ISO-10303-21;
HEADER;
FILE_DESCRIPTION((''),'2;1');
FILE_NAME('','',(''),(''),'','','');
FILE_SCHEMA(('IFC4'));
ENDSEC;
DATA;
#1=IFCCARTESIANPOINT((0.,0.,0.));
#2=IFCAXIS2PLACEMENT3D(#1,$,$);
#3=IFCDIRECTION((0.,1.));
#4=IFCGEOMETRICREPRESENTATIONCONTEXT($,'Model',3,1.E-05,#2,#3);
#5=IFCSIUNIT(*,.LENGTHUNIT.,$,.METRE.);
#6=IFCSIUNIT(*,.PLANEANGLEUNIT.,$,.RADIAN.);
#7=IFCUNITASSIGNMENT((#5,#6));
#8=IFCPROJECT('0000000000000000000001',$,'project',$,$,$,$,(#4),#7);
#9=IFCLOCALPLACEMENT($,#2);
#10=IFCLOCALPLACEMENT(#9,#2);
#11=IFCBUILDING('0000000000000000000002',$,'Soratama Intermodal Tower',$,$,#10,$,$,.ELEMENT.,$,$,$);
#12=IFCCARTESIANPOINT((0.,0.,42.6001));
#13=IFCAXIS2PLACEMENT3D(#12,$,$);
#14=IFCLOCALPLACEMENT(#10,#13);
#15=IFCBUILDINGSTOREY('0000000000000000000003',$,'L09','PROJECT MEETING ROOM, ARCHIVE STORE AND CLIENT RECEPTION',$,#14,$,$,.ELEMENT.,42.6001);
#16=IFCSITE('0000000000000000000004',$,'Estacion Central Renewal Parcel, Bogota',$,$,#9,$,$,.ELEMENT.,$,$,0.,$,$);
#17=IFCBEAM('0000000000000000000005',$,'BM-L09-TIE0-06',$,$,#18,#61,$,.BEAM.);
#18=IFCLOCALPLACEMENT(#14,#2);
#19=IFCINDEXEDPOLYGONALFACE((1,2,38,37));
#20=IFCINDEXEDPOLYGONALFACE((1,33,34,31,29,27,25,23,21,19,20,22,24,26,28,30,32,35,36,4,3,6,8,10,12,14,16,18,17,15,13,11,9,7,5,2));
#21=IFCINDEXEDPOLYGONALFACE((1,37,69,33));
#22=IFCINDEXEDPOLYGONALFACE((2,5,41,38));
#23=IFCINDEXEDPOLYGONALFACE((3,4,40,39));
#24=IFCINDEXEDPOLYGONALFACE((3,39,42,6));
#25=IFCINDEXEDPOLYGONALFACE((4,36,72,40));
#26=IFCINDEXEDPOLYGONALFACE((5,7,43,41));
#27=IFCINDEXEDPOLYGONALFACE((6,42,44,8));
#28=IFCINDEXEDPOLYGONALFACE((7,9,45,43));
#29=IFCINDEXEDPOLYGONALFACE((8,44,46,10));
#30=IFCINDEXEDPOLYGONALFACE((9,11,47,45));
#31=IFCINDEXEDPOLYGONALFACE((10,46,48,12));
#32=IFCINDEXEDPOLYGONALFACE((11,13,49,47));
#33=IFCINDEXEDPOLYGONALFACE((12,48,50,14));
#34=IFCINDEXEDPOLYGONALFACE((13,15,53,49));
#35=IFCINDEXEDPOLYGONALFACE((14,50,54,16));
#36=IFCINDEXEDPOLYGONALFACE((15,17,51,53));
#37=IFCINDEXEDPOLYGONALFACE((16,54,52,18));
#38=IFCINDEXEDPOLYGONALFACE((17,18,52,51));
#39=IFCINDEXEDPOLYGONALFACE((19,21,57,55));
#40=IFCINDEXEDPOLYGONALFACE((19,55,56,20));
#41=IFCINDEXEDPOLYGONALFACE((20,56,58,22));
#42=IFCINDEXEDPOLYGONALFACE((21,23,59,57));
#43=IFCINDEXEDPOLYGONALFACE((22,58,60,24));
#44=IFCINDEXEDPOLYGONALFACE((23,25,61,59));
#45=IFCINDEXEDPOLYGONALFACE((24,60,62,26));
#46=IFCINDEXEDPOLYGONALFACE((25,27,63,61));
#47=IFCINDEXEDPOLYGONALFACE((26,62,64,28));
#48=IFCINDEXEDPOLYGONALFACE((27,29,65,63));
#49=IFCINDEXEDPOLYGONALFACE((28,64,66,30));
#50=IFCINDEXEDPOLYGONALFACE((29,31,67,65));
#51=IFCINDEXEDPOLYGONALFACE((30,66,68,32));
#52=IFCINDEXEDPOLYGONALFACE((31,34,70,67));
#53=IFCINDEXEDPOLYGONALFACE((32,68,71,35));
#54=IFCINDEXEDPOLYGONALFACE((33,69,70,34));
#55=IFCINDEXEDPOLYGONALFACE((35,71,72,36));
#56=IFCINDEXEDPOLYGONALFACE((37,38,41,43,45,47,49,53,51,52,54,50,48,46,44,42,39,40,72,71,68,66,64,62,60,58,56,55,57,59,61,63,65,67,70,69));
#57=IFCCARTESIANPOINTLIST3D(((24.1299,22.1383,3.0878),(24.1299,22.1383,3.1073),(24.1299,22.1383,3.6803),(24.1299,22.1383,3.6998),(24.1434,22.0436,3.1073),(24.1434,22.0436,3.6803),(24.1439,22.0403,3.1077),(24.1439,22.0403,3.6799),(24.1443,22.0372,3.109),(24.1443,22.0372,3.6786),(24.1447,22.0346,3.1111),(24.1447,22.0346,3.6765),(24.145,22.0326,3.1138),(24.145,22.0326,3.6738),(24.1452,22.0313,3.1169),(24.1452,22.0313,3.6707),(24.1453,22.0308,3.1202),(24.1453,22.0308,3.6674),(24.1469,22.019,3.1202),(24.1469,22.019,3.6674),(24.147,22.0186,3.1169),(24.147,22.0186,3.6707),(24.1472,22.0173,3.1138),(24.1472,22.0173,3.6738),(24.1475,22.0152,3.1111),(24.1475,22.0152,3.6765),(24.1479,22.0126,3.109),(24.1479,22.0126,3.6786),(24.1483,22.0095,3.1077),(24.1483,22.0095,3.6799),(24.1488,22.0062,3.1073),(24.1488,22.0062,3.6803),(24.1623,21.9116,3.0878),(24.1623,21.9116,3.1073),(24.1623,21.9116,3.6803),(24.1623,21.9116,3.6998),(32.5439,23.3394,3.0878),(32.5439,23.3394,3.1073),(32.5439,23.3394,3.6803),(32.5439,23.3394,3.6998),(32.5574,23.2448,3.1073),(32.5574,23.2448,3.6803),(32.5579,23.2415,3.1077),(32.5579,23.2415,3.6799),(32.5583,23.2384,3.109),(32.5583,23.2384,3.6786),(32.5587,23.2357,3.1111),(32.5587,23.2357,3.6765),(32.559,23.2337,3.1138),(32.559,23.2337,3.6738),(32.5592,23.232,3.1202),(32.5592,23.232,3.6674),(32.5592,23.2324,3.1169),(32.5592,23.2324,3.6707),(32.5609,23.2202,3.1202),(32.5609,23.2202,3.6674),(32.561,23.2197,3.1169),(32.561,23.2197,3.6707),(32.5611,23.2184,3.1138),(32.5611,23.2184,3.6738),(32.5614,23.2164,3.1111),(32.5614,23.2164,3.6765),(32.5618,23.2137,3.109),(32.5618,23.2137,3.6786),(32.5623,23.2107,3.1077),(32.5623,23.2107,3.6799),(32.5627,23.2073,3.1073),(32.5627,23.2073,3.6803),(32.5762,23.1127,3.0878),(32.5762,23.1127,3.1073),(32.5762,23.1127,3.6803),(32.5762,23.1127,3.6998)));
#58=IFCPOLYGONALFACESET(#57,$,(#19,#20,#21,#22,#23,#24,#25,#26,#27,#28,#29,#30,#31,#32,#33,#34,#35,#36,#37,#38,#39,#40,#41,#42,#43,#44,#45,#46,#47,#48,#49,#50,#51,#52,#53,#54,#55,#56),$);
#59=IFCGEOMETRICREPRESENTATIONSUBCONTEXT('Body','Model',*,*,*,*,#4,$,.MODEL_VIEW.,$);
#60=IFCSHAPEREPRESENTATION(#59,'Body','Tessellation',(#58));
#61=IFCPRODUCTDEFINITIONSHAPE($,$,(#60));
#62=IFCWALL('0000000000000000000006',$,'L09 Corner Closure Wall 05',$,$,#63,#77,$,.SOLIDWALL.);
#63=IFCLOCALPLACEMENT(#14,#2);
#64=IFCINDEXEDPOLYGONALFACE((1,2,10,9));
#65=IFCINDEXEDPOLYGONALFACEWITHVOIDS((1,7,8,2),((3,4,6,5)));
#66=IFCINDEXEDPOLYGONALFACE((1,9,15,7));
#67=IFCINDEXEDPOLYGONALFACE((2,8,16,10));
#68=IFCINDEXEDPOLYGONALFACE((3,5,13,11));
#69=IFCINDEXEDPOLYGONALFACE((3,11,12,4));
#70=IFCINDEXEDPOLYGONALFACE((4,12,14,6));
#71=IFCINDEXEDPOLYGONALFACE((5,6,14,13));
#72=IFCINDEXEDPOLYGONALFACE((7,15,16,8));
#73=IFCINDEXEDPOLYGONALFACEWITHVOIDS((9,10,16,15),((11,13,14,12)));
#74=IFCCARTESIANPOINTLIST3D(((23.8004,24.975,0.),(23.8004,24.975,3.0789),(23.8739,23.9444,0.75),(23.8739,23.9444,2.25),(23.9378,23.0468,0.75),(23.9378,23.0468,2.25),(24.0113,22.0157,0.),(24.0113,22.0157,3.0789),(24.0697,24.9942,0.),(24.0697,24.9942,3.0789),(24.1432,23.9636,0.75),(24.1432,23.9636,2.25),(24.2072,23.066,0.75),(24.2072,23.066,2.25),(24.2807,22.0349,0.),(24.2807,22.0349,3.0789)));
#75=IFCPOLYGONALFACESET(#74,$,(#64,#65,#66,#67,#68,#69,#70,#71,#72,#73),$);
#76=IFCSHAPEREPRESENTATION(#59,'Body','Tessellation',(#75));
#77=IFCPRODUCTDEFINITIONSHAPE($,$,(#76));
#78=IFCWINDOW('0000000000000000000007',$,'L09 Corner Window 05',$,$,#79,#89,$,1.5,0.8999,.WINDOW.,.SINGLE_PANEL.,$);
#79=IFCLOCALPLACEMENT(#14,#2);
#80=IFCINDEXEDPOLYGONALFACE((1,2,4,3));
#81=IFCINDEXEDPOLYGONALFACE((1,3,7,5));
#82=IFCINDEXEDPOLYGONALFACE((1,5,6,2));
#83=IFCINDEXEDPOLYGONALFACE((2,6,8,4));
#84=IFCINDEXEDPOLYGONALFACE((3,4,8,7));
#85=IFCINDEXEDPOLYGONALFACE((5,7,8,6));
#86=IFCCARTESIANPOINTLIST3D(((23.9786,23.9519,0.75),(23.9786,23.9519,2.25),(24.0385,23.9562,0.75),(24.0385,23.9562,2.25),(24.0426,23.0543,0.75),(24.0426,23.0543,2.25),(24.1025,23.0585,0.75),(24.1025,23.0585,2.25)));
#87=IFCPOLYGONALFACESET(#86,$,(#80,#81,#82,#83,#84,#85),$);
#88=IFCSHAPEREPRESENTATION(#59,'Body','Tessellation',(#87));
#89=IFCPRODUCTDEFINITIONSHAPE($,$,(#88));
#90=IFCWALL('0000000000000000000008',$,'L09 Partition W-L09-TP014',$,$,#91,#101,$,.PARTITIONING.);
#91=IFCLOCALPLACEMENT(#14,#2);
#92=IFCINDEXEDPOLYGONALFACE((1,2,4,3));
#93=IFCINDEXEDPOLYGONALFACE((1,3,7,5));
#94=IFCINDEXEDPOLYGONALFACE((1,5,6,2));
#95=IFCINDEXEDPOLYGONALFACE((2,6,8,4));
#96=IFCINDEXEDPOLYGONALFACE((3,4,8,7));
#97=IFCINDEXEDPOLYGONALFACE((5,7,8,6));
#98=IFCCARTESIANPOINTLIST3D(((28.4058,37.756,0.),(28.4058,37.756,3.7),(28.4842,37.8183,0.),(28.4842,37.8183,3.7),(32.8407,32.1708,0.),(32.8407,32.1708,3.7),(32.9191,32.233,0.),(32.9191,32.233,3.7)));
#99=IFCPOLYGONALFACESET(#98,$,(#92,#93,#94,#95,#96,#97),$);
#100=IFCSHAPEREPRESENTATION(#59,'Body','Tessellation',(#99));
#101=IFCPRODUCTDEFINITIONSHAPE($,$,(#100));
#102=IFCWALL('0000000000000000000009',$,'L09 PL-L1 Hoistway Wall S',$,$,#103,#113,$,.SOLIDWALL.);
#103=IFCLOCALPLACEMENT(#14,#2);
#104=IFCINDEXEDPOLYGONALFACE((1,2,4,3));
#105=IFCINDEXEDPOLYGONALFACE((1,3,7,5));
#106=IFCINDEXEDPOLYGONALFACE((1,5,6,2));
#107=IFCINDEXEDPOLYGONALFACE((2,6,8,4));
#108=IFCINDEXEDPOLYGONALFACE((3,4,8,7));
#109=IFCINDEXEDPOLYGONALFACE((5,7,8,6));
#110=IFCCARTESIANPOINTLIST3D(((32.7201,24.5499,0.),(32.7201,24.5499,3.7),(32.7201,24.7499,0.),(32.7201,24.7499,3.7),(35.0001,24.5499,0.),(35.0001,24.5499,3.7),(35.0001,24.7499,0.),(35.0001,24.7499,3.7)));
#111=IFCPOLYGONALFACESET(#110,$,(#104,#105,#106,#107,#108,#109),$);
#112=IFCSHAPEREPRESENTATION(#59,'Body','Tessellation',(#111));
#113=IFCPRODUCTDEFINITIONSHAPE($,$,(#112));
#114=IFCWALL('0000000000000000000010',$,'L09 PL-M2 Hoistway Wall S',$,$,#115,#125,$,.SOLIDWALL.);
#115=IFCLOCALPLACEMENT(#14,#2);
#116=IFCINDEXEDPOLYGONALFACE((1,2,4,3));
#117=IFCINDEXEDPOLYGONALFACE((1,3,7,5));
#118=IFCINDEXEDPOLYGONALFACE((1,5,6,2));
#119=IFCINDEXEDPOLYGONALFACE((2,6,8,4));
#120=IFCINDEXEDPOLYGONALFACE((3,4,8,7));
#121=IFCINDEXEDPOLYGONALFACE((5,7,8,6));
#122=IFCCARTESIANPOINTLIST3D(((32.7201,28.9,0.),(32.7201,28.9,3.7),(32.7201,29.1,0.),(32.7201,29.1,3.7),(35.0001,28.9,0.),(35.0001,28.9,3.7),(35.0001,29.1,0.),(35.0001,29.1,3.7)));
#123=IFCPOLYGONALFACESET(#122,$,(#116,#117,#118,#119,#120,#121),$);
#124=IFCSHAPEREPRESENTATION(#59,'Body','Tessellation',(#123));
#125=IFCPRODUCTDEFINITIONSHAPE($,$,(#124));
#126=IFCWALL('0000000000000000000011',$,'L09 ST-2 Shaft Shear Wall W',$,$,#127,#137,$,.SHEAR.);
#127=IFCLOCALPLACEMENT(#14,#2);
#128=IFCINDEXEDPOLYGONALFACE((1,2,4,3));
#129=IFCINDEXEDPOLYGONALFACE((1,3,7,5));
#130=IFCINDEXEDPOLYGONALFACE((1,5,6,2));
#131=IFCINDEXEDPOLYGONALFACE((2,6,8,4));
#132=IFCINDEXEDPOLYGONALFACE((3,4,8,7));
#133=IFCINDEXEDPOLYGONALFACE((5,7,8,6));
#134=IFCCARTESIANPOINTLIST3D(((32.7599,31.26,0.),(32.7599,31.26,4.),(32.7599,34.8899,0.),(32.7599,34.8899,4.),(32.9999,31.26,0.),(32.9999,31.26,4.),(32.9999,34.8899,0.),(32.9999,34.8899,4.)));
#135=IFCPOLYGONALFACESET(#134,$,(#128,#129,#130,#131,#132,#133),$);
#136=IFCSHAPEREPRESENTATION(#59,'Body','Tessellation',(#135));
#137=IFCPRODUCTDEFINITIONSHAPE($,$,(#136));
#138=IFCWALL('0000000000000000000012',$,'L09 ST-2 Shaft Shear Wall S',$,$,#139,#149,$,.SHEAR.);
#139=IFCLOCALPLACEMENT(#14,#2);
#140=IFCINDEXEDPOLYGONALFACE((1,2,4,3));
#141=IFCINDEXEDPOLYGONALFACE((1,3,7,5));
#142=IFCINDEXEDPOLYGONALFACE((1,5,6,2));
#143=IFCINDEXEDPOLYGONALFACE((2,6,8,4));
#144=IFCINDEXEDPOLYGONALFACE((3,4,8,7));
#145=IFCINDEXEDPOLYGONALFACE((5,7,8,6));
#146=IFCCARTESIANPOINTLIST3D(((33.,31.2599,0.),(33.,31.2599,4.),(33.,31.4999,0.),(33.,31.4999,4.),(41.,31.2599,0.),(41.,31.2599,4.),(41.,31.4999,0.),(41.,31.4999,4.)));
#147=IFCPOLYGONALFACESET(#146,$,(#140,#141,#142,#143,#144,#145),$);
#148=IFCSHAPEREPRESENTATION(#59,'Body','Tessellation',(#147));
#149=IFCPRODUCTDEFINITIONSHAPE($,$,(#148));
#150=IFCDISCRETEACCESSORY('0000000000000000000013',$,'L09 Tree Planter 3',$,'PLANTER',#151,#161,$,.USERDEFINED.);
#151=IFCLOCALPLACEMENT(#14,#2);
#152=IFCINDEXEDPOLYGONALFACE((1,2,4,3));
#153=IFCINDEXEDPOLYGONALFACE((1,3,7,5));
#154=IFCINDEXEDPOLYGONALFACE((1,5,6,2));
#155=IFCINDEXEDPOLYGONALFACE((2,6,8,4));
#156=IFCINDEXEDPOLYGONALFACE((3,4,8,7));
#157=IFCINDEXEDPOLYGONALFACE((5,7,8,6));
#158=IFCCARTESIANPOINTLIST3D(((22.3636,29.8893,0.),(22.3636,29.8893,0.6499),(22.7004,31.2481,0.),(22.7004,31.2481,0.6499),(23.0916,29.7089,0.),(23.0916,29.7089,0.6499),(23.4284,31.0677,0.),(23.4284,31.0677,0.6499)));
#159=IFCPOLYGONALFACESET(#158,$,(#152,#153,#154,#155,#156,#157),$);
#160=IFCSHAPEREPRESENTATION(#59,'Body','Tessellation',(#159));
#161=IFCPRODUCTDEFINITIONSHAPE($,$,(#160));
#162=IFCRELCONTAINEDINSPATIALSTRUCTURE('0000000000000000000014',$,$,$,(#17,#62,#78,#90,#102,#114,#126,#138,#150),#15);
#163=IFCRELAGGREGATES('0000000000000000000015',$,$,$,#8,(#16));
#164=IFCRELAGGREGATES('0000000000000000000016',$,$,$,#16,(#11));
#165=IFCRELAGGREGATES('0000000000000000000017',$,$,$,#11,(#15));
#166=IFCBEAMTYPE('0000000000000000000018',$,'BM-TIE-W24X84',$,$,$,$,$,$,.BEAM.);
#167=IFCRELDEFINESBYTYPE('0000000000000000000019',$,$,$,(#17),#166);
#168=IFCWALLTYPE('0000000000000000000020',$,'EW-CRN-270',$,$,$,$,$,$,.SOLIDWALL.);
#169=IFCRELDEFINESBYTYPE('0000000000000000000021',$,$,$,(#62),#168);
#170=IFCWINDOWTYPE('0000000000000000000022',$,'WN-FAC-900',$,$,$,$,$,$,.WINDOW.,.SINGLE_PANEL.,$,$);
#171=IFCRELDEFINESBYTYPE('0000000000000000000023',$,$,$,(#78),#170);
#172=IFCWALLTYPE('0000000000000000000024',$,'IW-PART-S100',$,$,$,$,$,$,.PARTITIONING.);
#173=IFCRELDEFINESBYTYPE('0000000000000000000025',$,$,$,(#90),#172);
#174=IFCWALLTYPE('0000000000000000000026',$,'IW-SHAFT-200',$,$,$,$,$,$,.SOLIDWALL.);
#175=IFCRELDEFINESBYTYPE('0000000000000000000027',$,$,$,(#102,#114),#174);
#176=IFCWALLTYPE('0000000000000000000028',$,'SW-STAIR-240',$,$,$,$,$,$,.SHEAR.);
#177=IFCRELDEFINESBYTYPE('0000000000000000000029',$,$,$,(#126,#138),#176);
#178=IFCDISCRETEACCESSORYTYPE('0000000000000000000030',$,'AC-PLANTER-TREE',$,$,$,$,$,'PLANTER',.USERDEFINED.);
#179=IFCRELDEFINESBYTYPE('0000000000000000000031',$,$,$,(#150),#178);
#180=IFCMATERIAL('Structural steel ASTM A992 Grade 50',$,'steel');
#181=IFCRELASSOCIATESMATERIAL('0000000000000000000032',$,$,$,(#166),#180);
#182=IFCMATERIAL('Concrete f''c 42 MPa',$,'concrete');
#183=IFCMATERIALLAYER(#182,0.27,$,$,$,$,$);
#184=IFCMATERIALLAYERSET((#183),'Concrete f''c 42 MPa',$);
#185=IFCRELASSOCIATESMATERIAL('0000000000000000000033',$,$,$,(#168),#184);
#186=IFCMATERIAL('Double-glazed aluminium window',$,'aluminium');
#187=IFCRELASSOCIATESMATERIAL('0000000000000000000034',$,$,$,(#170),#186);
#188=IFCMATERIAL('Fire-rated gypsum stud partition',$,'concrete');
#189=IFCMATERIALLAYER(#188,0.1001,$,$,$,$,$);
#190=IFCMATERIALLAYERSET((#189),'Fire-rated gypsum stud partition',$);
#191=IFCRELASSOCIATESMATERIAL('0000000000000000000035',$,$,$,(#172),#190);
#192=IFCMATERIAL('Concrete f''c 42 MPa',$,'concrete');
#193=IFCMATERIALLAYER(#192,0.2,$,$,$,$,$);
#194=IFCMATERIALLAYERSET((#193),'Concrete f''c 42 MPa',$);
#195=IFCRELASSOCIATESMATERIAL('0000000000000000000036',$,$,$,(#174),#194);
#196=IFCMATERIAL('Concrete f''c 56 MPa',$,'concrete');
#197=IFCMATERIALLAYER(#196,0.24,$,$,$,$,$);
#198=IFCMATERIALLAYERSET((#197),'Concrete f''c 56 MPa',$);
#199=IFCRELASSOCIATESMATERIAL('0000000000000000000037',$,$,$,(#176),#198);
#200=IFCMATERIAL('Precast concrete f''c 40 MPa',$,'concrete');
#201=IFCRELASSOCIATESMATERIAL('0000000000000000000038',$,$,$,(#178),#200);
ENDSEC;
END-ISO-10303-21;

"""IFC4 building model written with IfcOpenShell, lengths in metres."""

from ifc_helpers import new_model, si_unit, direction, frame, frame_2d, origin, origin_2d, place, context, subcontext, project, spatial, rectangle, i_section, extrude, material, layer, layer_set, material_profile, profile_set, type_object, element, fill, save


model = new_model("IFC4")

# Units and contexts
model_context = context("Model", 3, precision=1e-05, world=origin(), true_north=direction((0.0, 1.0)))
body_context = subcontext(model_context, "Body", "Model", "MODEL_VIEW")
ifc_project = project(units=[si_unit("LENGTHUNIT", "METRE"), si_unit("PLANEANGLEUNIT", "RADIAN")], contexts=[model_context])

# Site, building, storey
site_placement = place(None, origin())
site = spatial("IfcSite", under=ifc_project, at=site_placement, Name="Estacion Central Renewal Parcel, Bogota", CompositionType="ELEMENT", RefElevation=0.0)
building_placement = place(site_placement, origin())
building = spatial("IfcBuilding", under=site, at=building_placement, Name="Soratama Intermodal Tower", CompositionType="ELEMENT")
storey_placement = place(building_placement, frame((0.0, 0.0, 42.6001)))
storey = spatial("IfcBuildingStorey", under=building, at=storey_placement, Name="L09", Description="PROJECT MEETING ROOM, ARCHIVE STORE AND CLIENT RECEPTION", CompositionType="ELEMENT", Elevation=42.6001)

# Beam
ifc_material_1 = material(Name="Structural steel ASTM A992 Grade 50", Category="steel")
ifc_material_profile_1 = material_profile(ifc_material_1, i_section(OverallWidth=0.229, OverallDepth=0.6121, WebThickness=0.012, FlangeThickness=0.0195, FilletRadius=0.0129, at=origin_2d()), Name="W24X84")
ifc_profile_set_1 = profile_set([ifc_material_profile_1], Name="Structural steel ASTM A992 Grade 50")
beam_type_1 = type_object("IfcBeamType", Name="BM-TIE-W24X84", PredefinedType="BEAM", material=ifc_profile_set_1)
beam_1_placement = place(storey_placement, frame((32.5601, 23.2261, 3.3938), z_axis=(-0.989963, -0.141325, 0.0), x_axis=(0.141325, -0.989963, 0.0)))
element("IfcBeam", 1, at=beam_1_placement, inside=storey, type_object=beam_type_1, Name="BM-L09-TIE0-06", PredefinedType="BEAM", context=body_context, shape_type="SweptSolid", body=[
    extrude(i_section(OverallWidth=0.229, OverallDepth=0.6121, WebThickness=0.012, FlangeThickness=0.0195, FilletRadius=0.0129, at=origin_2d()), origin(), (0.0, 0.0, 1.0), 8.4993),
])

# Wall, opening, window
ifc_material_2 = material(Name="Concrete f'c 42 MPa", Category="concrete")
ifc_layer_1 = layer(ifc_material_2, 0.27)
ifc_layer_set_1 = layer_set([ifc_layer_1], Name="Concrete f'c 42 MPa")
wall_type_1 = type_object("IfcWallType", Name="EW-CRN-270", PredefinedType="SOLIDWALL", material=ifc_layer_set_1)
wall_1_placement = place(storey_placement, frame((23.9351, 24.9846, 0.0), z_axis=(0.0, 0.0, 1.0), x_axis=(0.071101, -0.997469, 0.0)))
wall_1 = element("IfcWall", 2, at=wall_1_placement, inside=storey, type_object=wall_type_1, Name="L09 Corner Closure Wall 05", PredefinedType="SOLIDWALL", context=body_context, shape_type="SweptSolid", body=[
    extrude(rectangle(XDim=2.9668, YDim=0.27, at=frame_2d((1.4834, 0.0))), origin(), (0.0, 0.0, 1.0), 3.0789),
])
opening_1_placement = place(wall_1_placement, frame((1.0332, 0.0, 0.75)))
opening_1 = element("IfcOpeningElement", 3, at=opening_1_placement, cuts=wall_1, PredefinedType="OPENING", context=body_context, shape_type="SweptSolid", body=[
    extrude(rectangle(XDim=0.8999, YDim=1.5, at=frame_2d((0.45, 0.75))), frame((0.0, 0.145, 0.0), z_axis=(0.0, -1.0, 0.0), x_axis=(1.0, 0.0, 0.0)), (0.0, 0.0, 1.0), 0.29),
])
ifc_material_3 = material(Name="Double-glazed aluminium window", Category="aluminium")
window_type = type_object("IfcWindowType", Name="WN-FAC-900", PartitioningType="SINGLE_PANEL", PredefinedType="WINDOW", material=ifc_material_3)
window_placement = place(opening_1_placement, origin())
window = element("IfcWindow", 4, at=window_placement, inside=storey, type_object=window_type, Name="L09 Corner Window 05", OverallHeight=1.5, OverallWidth=0.8999, PartitioningType="SINGLE_PANEL", PredefinedType="WINDOW", context=body_context, shape_type="SweptSolid", body=[
    extrude(rectangle(XDim=0.8999, YDim=1.5, at=frame_2d((0.45, 0.75))), frame((0.0, 0.03, 0.0), z_axis=(0.0, -1.0, 0.0), x_axis=(1.0, 0.0, 0.0)), (0.0, 0.0, 1.0), 0.0601),
])
fill(opening_1, window)

# Walls
ifc_material_4 = material(Name="Fire-rated gypsum stud partition", Category="concrete")
ifc_layer_2 = layer(ifc_material_4, 0.1001)
ifc_layer_set_2 = layer_set([ifc_layer_2], Name="Fire-rated gypsum stud partition")
wall_type_2 = type_object("IfcWallType", Name="IW-PART-S100", PredefinedType="PARTITIONING", material=ifc_layer_set_2)
wall_2_placement = place(storey_placement, frame((32.8799, 32.2019, 0.0), z_axis=(0.0, 0.0, 1.0), x_axis=(-0.62184, 0.783145, 0.0)))
element("IfcWall", 5, at=wall_2_placement, inside=storey, type_object=wall_type_2, Name="L09 Partition W-L09-TP014", PredefinedType="PARTITIONING", context=body_context, shape_type="SweptSolid", body=[
    extrude(rectangle(XDim=7.1318, YDim=0.1001, at=frame_2d((3.5659, 0.0))), origin(), (0.0, 0.0, 1.0), 3.7),
])
ifc_material_5 = material(Name="Concrete f'c 42 MPa", Category="concrete")
ifc_layer_3 = layer(ifc_material_5, 0.2)
ifc_layer_set_3 = layer_set([ifc_layer_3], Name="Concrete f'c 42 MPa")
wall_type_3 = type_object("IfcWallType", Name="IW-SHAFT-200", PredefinedType="SOLIDWALL", material=ifc_layer_set_3)
wall_3_placement = place(storey_placement, frame((32.72, 24.6499, 0.0), z_axis=(0.0, 0.0, 1.0), x_axis=(1.0, 0.0, 0.0)))
element("IfcWall", 6, at=wall_3_placement, inside=storey, type_object=wall_type_3, Name="L09 PL-L1 Hoistway Wall S", PredefinedType="SOLIDWALL", context=body_context, shape_type="SweptSolid", body=[
    extrude(rectangle(XDim=2.28, YDim=0.2, at=frame_2d((1.1401, 0.0))), origin(), (0.0, 0.0, 1.0), 3.7),
])

# Walls
wall_4_placement = place(storey_placement, frame((32.72, 29.0, 0.0), z_axis=(0.0, 0.0, 1.0), x_axis=(1.0, 0.0, 0.0)))
element("IfcWall", 7, at=wall_4_placement, inside=storey, type_object=wall_type_3, Name="L09 PL-M2 Hoistway Wall S", PredefinedType="SOLIDWALL", context=body_context, shape_type="SweptSolid", body=[
    extrude(rectangle(XDim=2.28, YDim=0.2, at=frame_2d((1.1401, 0.0))), origin(), (0.0, 0.0, 1.0), 3.7),
])
ifc_material_6 = material(Name="Concrete f'c 56 MPa", Category="concrete")
ifc_layer_4 = layer(ifc_material_6, 0.24)
ifc_layer_set_4 = layer_set([ifc_layer_4], Name="Concrete f'c 56 MPa")
wall_type_4 = type_object("IfcWallType", Name="SW-STAIR-240", PredefinedType="SHEAR", material=ifc_layer_set_4)
wall_5_placement = place(storey_placement, frame((32.8799, 31.26, 0.0), z_axis=(0.0, 0.0, 1.0), x_axis=(0.0, 1.0, 0.0)))
element("IfcWall", 8, at=wall_5_placement, inside=storey, type_object=wall_type_4, Name="L09 ST-2 Shaft Shear Wall W", PredefinedType="SHEAR", context=body_context, shape_type="SweptSolid", body=[
    extrude(rectangle(XDim=3.6299, YDim=0.24, at=frame_2d((1.8149, 0.0))), origin(), (0.0, 0.0, 1.0), 4.0),
])
wall_6_placement = place(storey_placement, frame((33.0, 31.3799, 0.0), z_axis=(0.0, 0.0, 1.0), x_axis=(1.0, 0.0, 0.0)))
element("IfcWall", 9, at=wall_6_placement, inside=storey, type_object=wall_type_4, Name="L09 ST-2 Shaft Shear Wall S", PredefinedType="SHEAR", context=body_context, shape_type="SweptSolid", body=[
    extrude(rectangle(XDim=8.0, YDim=0.24, at=frame_2d((4.0, 0.0))), origin(), (0.0, 0.0, 1.0), 4.0),
])

# Discrete accessory
ifc_material_7 = material(Name="Precast concrete f'c 40 MPa", Category="concrete")
discrete_accessory_type = type_object("IfcDiscreteAccessoryType", Name="AC-PLANTER-TREE", ElementType="PLANTER", PredefinedType="USERDEFINED", material=ifc_material_7)
discrete_accessory_placement = place(storey_placement, frame((22.896, 30.4785, 0.0), z_axis=(0.0, 0.0, 1.0), x_axis=(-0.970633, 0.240567, 0.0)))
element("IfcDiscreteAccessory", 10, at=discrete_accessory_placement, inside=storey, type_object=discrete_accessory_type, Name="L09 Tree Planter 3", ObjectType="PLANTER", PredefinedType="USERDEFINED", context=body_context, shape_type="SweptSolid", body=[
    extrude(rectangle(XDim=0.75, YDim=1.3999, at=origin_2d()), origin(), (0.0, 0.0, 1.0), 0.6499),
])

save(model, "model.ifc")
